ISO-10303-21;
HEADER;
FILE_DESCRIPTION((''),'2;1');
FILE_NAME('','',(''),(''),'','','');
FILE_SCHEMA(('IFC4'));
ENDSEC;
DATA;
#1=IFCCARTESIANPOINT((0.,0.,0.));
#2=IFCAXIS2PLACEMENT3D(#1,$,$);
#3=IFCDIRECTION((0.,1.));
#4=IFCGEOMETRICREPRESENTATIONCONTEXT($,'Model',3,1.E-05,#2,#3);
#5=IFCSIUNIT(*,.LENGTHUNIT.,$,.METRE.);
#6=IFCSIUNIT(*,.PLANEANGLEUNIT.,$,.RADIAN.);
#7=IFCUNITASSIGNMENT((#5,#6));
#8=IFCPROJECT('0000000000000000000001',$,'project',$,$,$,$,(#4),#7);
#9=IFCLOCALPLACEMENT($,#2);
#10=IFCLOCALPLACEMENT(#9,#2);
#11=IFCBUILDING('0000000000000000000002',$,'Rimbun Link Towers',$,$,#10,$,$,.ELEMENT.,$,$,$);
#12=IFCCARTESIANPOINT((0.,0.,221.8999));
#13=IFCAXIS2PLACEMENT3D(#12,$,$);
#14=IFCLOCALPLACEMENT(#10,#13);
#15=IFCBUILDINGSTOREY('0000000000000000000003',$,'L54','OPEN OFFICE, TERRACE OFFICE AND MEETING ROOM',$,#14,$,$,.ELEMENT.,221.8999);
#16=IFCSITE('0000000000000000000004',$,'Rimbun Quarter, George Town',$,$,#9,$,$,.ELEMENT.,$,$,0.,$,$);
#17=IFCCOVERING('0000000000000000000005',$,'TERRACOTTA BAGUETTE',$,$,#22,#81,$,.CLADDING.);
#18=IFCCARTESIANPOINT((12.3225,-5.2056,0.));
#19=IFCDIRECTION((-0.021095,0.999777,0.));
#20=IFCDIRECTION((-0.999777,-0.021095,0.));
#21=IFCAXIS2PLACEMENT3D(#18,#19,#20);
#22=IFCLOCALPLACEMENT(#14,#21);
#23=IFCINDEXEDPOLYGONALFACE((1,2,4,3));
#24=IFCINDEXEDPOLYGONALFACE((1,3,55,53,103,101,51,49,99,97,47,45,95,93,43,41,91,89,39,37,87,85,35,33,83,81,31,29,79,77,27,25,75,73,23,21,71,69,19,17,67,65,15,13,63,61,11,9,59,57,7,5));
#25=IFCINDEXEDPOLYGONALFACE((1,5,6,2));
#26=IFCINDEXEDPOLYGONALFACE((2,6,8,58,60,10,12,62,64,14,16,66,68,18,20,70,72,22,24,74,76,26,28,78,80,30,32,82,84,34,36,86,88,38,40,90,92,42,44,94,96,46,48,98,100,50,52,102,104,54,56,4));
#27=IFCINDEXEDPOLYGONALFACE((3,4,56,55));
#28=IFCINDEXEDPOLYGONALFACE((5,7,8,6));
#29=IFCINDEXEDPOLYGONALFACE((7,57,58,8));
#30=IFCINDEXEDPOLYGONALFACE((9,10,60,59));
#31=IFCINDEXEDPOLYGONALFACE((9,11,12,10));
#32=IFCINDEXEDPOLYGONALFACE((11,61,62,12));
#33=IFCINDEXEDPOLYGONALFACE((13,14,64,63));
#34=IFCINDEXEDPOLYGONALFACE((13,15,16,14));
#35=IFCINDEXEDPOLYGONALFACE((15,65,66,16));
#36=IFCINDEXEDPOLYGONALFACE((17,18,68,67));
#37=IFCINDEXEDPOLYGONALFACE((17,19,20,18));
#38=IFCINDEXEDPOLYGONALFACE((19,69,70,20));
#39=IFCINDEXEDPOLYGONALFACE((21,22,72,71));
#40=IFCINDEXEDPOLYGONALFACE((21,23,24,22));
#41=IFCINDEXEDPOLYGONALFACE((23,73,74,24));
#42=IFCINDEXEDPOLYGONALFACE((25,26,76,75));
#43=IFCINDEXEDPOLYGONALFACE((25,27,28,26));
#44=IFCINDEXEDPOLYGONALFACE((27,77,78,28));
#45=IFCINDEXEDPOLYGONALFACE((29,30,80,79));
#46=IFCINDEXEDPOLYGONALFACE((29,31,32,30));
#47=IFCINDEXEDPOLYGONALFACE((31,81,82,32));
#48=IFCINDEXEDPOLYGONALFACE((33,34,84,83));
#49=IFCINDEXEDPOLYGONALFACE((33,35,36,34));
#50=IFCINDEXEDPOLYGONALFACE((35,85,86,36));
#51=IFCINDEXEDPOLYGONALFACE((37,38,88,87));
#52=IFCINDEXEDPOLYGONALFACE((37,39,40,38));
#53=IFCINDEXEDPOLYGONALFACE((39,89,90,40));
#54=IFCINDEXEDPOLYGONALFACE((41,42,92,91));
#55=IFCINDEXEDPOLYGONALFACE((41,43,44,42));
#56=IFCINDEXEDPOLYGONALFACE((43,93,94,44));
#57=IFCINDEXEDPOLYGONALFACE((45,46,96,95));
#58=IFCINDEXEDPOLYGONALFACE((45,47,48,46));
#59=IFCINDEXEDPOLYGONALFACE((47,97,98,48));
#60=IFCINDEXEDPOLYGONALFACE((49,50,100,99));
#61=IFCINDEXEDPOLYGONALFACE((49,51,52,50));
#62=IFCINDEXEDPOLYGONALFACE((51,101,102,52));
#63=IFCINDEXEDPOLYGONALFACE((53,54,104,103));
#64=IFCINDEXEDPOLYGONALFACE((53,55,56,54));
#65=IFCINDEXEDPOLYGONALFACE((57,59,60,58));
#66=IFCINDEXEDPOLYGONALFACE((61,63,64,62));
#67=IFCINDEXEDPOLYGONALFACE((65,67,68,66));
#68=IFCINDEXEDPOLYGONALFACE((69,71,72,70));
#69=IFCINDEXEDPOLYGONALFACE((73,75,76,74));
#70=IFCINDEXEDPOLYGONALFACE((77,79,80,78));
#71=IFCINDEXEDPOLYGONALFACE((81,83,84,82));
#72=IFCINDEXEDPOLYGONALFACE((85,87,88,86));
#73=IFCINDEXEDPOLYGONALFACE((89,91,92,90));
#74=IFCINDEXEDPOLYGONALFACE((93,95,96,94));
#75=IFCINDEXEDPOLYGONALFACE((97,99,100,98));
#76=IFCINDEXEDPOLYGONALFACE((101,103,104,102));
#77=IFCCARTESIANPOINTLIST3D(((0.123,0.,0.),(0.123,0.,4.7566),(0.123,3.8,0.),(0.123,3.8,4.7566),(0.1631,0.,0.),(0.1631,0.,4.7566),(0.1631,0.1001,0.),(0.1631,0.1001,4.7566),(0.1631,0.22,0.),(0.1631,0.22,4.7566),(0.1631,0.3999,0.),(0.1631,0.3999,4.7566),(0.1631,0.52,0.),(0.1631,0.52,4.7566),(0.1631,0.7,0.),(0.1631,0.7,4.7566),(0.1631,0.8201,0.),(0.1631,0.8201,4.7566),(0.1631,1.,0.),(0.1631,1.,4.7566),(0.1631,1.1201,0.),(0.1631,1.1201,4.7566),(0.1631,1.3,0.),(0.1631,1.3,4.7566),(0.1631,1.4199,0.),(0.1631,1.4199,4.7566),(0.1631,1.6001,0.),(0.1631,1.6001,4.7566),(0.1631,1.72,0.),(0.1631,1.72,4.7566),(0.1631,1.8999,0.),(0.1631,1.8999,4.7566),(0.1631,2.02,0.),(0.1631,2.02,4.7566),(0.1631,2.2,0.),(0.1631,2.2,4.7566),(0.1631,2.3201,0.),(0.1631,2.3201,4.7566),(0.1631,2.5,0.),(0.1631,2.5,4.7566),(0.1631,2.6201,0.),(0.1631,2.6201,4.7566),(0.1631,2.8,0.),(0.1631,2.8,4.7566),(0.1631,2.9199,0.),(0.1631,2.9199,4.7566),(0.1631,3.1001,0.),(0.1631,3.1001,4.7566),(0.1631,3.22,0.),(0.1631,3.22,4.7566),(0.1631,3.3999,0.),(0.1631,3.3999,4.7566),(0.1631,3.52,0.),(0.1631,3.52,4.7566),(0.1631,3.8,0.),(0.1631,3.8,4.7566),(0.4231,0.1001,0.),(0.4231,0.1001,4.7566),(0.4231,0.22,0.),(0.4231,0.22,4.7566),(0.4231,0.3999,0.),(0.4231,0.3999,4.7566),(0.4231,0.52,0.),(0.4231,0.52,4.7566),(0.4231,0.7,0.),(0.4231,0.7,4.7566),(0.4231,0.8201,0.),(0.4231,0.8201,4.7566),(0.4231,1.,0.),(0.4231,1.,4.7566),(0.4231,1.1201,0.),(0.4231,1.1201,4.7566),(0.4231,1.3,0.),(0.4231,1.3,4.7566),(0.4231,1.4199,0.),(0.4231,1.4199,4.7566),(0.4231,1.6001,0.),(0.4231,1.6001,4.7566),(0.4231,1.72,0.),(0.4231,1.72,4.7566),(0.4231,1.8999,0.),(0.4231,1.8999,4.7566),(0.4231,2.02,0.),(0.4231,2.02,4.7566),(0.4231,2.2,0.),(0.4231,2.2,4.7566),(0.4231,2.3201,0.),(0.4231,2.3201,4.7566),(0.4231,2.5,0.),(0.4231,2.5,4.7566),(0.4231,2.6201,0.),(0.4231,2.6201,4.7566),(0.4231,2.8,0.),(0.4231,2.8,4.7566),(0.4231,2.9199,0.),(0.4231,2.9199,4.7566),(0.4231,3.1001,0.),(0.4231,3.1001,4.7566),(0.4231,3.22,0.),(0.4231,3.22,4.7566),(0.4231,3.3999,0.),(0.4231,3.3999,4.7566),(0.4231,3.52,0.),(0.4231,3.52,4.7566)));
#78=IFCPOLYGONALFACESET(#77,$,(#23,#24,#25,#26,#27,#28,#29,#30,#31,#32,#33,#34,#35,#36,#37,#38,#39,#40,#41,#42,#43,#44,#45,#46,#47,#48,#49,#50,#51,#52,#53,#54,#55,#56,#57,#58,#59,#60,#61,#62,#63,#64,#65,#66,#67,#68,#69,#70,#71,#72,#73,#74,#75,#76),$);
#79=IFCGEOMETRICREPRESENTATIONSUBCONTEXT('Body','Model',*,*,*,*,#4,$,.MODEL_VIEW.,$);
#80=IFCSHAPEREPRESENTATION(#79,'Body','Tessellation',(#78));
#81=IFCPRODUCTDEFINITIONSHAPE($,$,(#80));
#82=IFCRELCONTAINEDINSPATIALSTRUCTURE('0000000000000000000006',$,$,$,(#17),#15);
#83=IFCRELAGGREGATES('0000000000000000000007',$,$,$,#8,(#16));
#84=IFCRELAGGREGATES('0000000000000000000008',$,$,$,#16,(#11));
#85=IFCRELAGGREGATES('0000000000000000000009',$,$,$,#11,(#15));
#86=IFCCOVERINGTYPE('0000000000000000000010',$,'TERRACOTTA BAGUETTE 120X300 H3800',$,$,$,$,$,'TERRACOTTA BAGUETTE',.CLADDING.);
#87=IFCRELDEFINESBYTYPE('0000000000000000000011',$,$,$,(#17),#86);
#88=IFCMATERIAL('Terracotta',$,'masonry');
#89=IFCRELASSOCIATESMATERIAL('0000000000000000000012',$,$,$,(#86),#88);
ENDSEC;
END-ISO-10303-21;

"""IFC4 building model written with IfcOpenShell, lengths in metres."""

from ifc_helpers import new_model, si_unit, direction, frame, origin, place, context, subcontext, project, spatial, polyline, outline, extrude, material, material_profile, profile_set, type_object, element, save


model = new_model("IFC4")

# Units and contexts
model_context = context("Model", 3, precision=1e-05, world=origin(), true_north=direction((0.0, 1.0)))
body_context = subcontext(model_context, "Body", "Model", "MODEL_VIEW")
ifc_project = project(units=[si_unit("LENGTHUNIT", "METRE"), si_unit("PLANEANGLEUNIT", "RADIAN")], contexts=[model_context])

# Site, building, storey
site_placement = place(None, origin())
site = spatial("IfcSite", under=ifc_project, at=site_placement, Name="Rimbun Quarter, George Town", CompositionType="ELEMENT", RefElevation=0.0)
building_placement = place(site_placement, origin())
building = spatial("IfcBuilding", under=site, at=building_placement, Name="Rimbun Link Towers", CompositionType="ELEMENT")
storey_placement = place(building_placement, frame((0.0, 0.0, 221.8999)))
storey = spatial("IfcBuildingStorey", under=building, at=storey_placement, Name="L54", Description="OPEN OFFICE, TERRACE OFFICE AND MEETING ROOM", CompositionType="ELEMENT", Elevation=221.8999)

# Covering
ifc_material_1 = material(Name="Terracotta", Category="masonry")
ifc_material_profile_1 = material_profile(ifc_material_1, outline(polyline([(0.123, 0.0), (0.1631, 0.0), (0.1631, 0.1001), (0.4231, 0.1001), (0.4231, 0.22), (0.1631, 0.22), (0.1631, 0.3999), (0.4231, 0.3999), (0.4231, 0.52), (0.1631, 0.52), (0.1631, 0.7), (0.4231, 0.7), (0.4231, 0.8201), (0.1631, 0.8201), (0.1631, 1.0), (0.4231, 1.0), (0.4231, 1.1201), (0.1631, 1.1201), (0.1631, 1.3), (0.4231, 1.3), (0.4231, 1.4199), (0.1631, 1.4199), (0.1631, 1.6001), (0.4231, 1.6001), (0.4231, 1.72), (0.1631, 1.72), (0.1631, 1.8999), (0.4231, 1.8999), (0.4231, 2.02), (0.1631, 2.02), (0.1631, 2.2), (0.4231, 2.2), (0.4231, 2.3201), (0.1631, 2.3201), (0.1631, 2.5), (0.4231, 2.5), (0.4231, 2.6201), (0.1631, 2.6201), (0.1631, 2.8), (0.4231, 2.8), (0.4231, 2.9199), (0.1631, 2.9199), (0.1631, 3.1001), (0.4231, 3.1001), (0.4231, 3.22), (0.1631, 3.22), (0.1631, 3.3999), (0.4231, 3.3999), (0.4231, 3.52), (0.1631, 3.52), (0.1631, 3.8), (0.123, 3.8), (0.123, 0.0)])), Name="BAGUETTE 120X300")
ifc_profile_set_1 = profile_set([ifc_material_profile_1], Name="Terracotta")
covering_type = type_object("IfcCoveringType", Name="TERRACOTTA BAGUETTE 120X300 H3800", ElementType="TERRACOTTA BAGUETTE", PredefinedType="CLADDING", material=ifc_profile_set_1)
covering_placement = place(storey_placement, frame((12.3225, -5.2056, 0.0), z_axis=(-0.021095, 0.999777, 0.0), x_axis=(-0.999777, -0.021095, 0.0)))
element("IfcCovering", 1, at=covering_placement, inside=storey, type_object=covering_type, Name="TERRACOTTA BAGUETTE", PredefinedType="CLADDING", context=body_context, shape_type="SweptSolid", body=[
    extrude(outline(polyline([(0.123, 0.0), (0.1631, 0.0), (0.1631, 0.1001), (0.4231, 0.1001), (0.4231, 0.22), (0.1631, 0.22), (0.1631, 0.3999), (0.4231, 0.3999), (0.4231, 0.52), (0.1631, 0.52), (0.1631, 0.7), (0.4231, 0.7), (0.4231, 0.8201), (0.1631, 0.8201), (0.1631, 1.0), (0.4231, 1.0), (0.4231, 1.1201), (0.1631, 1.1201), (0.1631, 1.3), (0.4231, 1.3), (0.4231, 1.4199), (0.1631, 1.4199), (0.1631, 1.6001), (0.4231, 1.6001), (0.4231, 1.72), (0.1631, 1.72), (0.1631, 1.8999), (0.4231, 1.8999), (0.4231, 2.02), (0.1631, 2.02), (0.1631, 2.2), (0.4231, 2.2), (0.4231, 2.3201), (0.1631, 2.3201), (0.1631, 2.5), (0.4231, 2.5), (0.4231, 2.6201), (0.1631, 2.6201), (0.1631, 2.8), (0.4231, 2.8), (0.4231, 2.9199), (0.1631, 2.9199), (0.1631, 3.1001), (0.4231, 3.1001), (0.4231, 3.22), (0.1631, 3.22), (0.1631, 3.3999), (0.4231, 3.3999), (0.4231, 3.52), (0.1631, 3.52), (0.1631, 3.8), (0.123, 3.8), (0.123, 0.0)])), origin(), (0.0, 0.0, 1.0), 4.7566),
])

save(model, "model.ifc")
